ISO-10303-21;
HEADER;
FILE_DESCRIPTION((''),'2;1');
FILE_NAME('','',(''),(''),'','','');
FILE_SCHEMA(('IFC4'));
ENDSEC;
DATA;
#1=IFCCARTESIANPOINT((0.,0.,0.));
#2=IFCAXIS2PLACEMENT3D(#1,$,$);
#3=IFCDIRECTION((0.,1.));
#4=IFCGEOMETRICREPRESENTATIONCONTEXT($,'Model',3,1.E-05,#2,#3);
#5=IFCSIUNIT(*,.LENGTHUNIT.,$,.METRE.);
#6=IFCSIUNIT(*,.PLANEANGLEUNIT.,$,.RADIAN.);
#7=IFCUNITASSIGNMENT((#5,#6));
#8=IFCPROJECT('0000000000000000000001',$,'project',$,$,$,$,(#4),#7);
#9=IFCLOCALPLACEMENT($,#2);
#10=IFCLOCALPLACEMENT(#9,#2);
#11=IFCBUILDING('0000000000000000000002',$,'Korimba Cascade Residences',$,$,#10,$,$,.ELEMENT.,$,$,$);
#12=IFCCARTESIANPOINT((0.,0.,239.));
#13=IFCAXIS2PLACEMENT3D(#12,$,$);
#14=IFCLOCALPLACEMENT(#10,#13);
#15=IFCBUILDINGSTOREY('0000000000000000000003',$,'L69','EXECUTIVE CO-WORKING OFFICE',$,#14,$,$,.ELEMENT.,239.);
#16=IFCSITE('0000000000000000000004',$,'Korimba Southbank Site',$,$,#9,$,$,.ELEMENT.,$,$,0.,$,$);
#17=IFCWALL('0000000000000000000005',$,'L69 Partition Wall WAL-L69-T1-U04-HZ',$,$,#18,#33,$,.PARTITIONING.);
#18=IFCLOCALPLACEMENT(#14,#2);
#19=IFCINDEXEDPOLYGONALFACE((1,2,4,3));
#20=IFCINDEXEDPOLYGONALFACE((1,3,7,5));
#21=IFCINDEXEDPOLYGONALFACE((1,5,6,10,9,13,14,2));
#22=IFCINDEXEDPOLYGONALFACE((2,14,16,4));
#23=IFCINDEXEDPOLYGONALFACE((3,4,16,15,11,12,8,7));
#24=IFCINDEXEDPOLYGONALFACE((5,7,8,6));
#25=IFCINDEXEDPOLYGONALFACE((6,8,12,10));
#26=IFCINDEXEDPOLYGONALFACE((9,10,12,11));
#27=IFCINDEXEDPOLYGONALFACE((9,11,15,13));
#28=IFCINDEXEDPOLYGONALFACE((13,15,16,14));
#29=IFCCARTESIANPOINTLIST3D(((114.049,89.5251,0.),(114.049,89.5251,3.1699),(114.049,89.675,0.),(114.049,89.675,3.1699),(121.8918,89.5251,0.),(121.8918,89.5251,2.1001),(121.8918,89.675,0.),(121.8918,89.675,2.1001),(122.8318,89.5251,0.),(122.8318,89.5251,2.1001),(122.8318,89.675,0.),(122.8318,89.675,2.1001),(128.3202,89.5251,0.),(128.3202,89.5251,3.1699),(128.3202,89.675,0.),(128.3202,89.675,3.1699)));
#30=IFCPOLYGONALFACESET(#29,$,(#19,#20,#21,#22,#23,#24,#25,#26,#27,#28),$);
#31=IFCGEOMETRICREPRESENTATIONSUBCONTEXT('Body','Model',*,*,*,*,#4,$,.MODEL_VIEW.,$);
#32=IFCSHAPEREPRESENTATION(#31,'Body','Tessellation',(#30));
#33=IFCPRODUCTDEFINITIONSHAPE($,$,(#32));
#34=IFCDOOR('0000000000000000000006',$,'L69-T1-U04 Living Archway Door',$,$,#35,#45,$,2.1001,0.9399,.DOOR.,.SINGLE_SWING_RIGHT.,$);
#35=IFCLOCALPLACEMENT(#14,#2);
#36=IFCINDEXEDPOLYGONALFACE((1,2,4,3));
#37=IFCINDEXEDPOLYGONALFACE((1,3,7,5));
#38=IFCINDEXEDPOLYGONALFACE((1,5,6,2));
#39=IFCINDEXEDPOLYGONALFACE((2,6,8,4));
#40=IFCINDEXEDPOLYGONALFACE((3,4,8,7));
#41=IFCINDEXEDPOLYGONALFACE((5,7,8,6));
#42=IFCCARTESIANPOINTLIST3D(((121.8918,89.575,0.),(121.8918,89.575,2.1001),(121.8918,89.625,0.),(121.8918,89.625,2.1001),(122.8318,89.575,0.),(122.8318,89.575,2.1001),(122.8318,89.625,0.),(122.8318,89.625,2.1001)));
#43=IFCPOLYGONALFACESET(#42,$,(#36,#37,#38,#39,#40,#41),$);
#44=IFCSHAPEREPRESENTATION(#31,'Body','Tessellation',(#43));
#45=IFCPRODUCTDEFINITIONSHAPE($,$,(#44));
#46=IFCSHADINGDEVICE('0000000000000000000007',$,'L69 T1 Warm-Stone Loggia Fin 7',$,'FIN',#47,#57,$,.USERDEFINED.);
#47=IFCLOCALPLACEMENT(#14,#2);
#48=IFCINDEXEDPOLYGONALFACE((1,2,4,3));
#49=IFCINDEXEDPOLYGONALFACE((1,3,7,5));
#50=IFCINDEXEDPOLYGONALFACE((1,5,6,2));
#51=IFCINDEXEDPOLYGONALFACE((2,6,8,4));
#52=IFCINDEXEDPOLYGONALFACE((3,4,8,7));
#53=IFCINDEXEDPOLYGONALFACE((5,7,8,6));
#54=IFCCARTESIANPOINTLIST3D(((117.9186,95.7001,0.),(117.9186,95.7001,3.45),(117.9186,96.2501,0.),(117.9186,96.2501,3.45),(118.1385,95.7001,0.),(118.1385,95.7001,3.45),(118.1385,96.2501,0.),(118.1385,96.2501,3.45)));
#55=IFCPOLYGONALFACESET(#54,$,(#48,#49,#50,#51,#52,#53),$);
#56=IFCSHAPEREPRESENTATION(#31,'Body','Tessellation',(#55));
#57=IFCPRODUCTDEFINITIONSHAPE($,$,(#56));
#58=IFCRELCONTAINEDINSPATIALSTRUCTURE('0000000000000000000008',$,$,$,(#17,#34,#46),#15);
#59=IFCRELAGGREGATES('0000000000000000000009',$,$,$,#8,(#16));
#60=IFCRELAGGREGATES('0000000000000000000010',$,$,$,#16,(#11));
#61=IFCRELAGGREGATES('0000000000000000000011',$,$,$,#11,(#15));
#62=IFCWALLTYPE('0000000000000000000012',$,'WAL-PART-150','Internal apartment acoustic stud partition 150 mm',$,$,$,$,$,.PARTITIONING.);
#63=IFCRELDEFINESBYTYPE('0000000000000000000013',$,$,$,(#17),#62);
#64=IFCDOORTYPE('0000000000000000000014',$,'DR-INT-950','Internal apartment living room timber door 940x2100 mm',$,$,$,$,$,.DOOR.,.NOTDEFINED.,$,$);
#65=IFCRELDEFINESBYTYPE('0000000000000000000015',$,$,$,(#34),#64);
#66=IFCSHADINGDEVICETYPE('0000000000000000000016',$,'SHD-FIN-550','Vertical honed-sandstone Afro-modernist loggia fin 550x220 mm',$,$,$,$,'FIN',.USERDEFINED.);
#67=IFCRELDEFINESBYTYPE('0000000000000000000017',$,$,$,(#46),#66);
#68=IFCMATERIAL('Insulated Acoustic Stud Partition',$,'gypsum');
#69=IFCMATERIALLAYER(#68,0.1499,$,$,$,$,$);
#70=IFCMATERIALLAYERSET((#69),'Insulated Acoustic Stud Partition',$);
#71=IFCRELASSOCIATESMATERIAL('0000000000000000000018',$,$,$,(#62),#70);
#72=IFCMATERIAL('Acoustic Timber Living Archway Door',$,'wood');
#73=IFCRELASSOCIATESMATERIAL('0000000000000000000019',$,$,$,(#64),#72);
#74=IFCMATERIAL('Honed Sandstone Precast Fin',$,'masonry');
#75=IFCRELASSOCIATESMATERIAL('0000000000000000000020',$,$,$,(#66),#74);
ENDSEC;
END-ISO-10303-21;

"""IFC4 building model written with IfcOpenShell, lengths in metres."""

from ifc_helpers import new_model, si_unit, direction, frame, frame_2d, origin, origin_2d, place, context, subcontext, project, spatial, rectangle, extrude, material, layer, layer_set, type_object, element, fill, save


model = new_model("IFC4")

# Units and contexts
model_context = context("Model", 3, precision=1e-05, world=origin(), true_north=direction((0.0, 1.0)))
body_context = subcontext(model_context, "Body", "Model", "MODEL_VIEW")
ifc_project = project(units=[si_unit("LENGTHUNIT", "METRE"), si_unit("PLANEANGLEUNIT", "RADIAN")], contexts=[model_context])

# Site, building, storey
site_placement = place(None, origin())
site = spatial("IfcSite", under=ifc_project, at=site_placement, Name="Korimba Southbank Site", CompositionType="ELEMENT", RefElevation=0.0)
building_placement = place(site_placement, origin())
building = spatial("IfcBuilding", under=site, at=building_placement, Name="Korimba Cascade Residences", CompositionType="ELEMENT")
storey_placement = place(building_placement, frame((0.0, 0.0, 239.0)))
storey = spatial("IfcBuildingStorey", under=building, at=storey_placement, Name="L69", Description="EXECUTIVE CO-WORKING OFFICE", CompositionType="ELEMENT", Elevation=239.0)

# Shared definitions
ifc_material_1 = material(Name="Insulated Acoustic Stud Partition", Category="gypsum")
ifc_layer = layer(ifc_material_1, 0.1499)
ifc_layer_set = layer_set([ifc_layer], Name="Insulated Acoustic Stud Partition")
wall_type = type_object("IfcWallType", Name="WAL-PART-150", Description="Internal apartment acoustic stud partition 150 mm", PredefinedType="PARTITIONING", material=ifc_layer_set)

# Wall, opening, door
wall_1_placement = place(storey_placement, frame((114.0488, 89.6001, 0.0), z_axis=(0.0, 0.0, 1.0), x_axis=(1.0, 0.0, 0.0)))
wall_1 = element("IfcWall", 1, at=wall_1_placement, inside=storey, type_object=wall_type, Name="L69 Partition Wall WAL-L69-T1-U04-HZ", PredefinedType="PARTITIONING", context=body_context, shape_type="SweptSolid", body=[
    extrude(rectangle(XDim=14.2712, YDim=0.1499, at=frame_2d((7.1357, 0.0))), origin(), (0.0, 0.0, 1.0), 3.1699),
])
opening_1_placement = place(wall_1_placement, frame((7.843, 0.0, 0.0)))
opening_1 = element("IfcOpeningElement", 2, at=opening_1_placement, cuts=wall_1, PredefinedType="OPENING", context=body_context, shape_type="SweptSolid", body=[
    extrude(rectangle(XDim=0.9399, YDim=2.1001, at=frame_2d((0.47, 1.05))), frame((0.0, 0.085, 0.0), z_axis=(0.0, -1.0, 0.0), x_axis=(1.0, 0.0, 0.0)), (0.0, 0.0, 1.0), 0.1699),
])
ifc_material_2 = material(Name="Acoustic Timber Living Archway Door", Category="wood")
door_type_1 = type_object("IfcDoorType", Name="DR-INT-950", Description="Internal apartment living room timber door 940x2100 mm", OperationType="NOTDEFINED", PredefinedType="DOOR", material=ifc_material_2)
door_1_placement = place(opening_1_placement, origin())
door_1 = element("IfcDoor", 3, at=door_1_placement, inside=storey, type_object=door_type_1, Name="L69-T1-U04 Living Archway Door", OperationType="SINGLE_SWING_RIGHT", OverallHeight=2.1001, OverallWidth=0.9399, PredefinedType="DOOR", context=body_context, shape_type="SweptSolid", body=[
    extrude(rectangle(XDim=0.9399, YDim=2.1001, at=frame_2d((0.47, 1.05))), frame((0.0, 0.0249, 0.0), z_axis=(0.0, -1.0, 0.0), x_axis=(1.0, 0.0, 0.0)), (0.0, 0.0, 1.0), 0.05),
])
fill(opening_1, door_1)

# Shading device
ifc_material_3 = material(Name="Honed Sandstone Precast Fin", Category="masonry")
shading_device_type = type_object("IfcShadingDeviceType", Name="SHD-FIN-550", Description="Vertical honed-sandstone Afro-modernist loggia fin 550x220 mm", ElementType="FIN", PredefinedType="USERDEFINED", material=ifc_material_3)
shading_device_placement = place(storey_placement, frame((118.0286, 95.9751, 0.0), z_axis=(0.0, 0.0, 1.0), x_axis=(1.0, 0.0, 0.0)))
element("IfcShadingDevice", 4, at=shading_device_placement, inside=storey, type_object=shading_device_type, Name="L69 T1 Warm-Stone Loggia Fin 7", ObjectType="FIN", PredefinedType="USERDEFINED", context=body_context, shape_type="SweptSolid", body=[
    extrude(rectangle(XDim=0.22, YDim=0.55, at=origin_2d()), origin(), (0.0, 0.0, 1.0), 3.45),
])

save(model, "model.ifc")
